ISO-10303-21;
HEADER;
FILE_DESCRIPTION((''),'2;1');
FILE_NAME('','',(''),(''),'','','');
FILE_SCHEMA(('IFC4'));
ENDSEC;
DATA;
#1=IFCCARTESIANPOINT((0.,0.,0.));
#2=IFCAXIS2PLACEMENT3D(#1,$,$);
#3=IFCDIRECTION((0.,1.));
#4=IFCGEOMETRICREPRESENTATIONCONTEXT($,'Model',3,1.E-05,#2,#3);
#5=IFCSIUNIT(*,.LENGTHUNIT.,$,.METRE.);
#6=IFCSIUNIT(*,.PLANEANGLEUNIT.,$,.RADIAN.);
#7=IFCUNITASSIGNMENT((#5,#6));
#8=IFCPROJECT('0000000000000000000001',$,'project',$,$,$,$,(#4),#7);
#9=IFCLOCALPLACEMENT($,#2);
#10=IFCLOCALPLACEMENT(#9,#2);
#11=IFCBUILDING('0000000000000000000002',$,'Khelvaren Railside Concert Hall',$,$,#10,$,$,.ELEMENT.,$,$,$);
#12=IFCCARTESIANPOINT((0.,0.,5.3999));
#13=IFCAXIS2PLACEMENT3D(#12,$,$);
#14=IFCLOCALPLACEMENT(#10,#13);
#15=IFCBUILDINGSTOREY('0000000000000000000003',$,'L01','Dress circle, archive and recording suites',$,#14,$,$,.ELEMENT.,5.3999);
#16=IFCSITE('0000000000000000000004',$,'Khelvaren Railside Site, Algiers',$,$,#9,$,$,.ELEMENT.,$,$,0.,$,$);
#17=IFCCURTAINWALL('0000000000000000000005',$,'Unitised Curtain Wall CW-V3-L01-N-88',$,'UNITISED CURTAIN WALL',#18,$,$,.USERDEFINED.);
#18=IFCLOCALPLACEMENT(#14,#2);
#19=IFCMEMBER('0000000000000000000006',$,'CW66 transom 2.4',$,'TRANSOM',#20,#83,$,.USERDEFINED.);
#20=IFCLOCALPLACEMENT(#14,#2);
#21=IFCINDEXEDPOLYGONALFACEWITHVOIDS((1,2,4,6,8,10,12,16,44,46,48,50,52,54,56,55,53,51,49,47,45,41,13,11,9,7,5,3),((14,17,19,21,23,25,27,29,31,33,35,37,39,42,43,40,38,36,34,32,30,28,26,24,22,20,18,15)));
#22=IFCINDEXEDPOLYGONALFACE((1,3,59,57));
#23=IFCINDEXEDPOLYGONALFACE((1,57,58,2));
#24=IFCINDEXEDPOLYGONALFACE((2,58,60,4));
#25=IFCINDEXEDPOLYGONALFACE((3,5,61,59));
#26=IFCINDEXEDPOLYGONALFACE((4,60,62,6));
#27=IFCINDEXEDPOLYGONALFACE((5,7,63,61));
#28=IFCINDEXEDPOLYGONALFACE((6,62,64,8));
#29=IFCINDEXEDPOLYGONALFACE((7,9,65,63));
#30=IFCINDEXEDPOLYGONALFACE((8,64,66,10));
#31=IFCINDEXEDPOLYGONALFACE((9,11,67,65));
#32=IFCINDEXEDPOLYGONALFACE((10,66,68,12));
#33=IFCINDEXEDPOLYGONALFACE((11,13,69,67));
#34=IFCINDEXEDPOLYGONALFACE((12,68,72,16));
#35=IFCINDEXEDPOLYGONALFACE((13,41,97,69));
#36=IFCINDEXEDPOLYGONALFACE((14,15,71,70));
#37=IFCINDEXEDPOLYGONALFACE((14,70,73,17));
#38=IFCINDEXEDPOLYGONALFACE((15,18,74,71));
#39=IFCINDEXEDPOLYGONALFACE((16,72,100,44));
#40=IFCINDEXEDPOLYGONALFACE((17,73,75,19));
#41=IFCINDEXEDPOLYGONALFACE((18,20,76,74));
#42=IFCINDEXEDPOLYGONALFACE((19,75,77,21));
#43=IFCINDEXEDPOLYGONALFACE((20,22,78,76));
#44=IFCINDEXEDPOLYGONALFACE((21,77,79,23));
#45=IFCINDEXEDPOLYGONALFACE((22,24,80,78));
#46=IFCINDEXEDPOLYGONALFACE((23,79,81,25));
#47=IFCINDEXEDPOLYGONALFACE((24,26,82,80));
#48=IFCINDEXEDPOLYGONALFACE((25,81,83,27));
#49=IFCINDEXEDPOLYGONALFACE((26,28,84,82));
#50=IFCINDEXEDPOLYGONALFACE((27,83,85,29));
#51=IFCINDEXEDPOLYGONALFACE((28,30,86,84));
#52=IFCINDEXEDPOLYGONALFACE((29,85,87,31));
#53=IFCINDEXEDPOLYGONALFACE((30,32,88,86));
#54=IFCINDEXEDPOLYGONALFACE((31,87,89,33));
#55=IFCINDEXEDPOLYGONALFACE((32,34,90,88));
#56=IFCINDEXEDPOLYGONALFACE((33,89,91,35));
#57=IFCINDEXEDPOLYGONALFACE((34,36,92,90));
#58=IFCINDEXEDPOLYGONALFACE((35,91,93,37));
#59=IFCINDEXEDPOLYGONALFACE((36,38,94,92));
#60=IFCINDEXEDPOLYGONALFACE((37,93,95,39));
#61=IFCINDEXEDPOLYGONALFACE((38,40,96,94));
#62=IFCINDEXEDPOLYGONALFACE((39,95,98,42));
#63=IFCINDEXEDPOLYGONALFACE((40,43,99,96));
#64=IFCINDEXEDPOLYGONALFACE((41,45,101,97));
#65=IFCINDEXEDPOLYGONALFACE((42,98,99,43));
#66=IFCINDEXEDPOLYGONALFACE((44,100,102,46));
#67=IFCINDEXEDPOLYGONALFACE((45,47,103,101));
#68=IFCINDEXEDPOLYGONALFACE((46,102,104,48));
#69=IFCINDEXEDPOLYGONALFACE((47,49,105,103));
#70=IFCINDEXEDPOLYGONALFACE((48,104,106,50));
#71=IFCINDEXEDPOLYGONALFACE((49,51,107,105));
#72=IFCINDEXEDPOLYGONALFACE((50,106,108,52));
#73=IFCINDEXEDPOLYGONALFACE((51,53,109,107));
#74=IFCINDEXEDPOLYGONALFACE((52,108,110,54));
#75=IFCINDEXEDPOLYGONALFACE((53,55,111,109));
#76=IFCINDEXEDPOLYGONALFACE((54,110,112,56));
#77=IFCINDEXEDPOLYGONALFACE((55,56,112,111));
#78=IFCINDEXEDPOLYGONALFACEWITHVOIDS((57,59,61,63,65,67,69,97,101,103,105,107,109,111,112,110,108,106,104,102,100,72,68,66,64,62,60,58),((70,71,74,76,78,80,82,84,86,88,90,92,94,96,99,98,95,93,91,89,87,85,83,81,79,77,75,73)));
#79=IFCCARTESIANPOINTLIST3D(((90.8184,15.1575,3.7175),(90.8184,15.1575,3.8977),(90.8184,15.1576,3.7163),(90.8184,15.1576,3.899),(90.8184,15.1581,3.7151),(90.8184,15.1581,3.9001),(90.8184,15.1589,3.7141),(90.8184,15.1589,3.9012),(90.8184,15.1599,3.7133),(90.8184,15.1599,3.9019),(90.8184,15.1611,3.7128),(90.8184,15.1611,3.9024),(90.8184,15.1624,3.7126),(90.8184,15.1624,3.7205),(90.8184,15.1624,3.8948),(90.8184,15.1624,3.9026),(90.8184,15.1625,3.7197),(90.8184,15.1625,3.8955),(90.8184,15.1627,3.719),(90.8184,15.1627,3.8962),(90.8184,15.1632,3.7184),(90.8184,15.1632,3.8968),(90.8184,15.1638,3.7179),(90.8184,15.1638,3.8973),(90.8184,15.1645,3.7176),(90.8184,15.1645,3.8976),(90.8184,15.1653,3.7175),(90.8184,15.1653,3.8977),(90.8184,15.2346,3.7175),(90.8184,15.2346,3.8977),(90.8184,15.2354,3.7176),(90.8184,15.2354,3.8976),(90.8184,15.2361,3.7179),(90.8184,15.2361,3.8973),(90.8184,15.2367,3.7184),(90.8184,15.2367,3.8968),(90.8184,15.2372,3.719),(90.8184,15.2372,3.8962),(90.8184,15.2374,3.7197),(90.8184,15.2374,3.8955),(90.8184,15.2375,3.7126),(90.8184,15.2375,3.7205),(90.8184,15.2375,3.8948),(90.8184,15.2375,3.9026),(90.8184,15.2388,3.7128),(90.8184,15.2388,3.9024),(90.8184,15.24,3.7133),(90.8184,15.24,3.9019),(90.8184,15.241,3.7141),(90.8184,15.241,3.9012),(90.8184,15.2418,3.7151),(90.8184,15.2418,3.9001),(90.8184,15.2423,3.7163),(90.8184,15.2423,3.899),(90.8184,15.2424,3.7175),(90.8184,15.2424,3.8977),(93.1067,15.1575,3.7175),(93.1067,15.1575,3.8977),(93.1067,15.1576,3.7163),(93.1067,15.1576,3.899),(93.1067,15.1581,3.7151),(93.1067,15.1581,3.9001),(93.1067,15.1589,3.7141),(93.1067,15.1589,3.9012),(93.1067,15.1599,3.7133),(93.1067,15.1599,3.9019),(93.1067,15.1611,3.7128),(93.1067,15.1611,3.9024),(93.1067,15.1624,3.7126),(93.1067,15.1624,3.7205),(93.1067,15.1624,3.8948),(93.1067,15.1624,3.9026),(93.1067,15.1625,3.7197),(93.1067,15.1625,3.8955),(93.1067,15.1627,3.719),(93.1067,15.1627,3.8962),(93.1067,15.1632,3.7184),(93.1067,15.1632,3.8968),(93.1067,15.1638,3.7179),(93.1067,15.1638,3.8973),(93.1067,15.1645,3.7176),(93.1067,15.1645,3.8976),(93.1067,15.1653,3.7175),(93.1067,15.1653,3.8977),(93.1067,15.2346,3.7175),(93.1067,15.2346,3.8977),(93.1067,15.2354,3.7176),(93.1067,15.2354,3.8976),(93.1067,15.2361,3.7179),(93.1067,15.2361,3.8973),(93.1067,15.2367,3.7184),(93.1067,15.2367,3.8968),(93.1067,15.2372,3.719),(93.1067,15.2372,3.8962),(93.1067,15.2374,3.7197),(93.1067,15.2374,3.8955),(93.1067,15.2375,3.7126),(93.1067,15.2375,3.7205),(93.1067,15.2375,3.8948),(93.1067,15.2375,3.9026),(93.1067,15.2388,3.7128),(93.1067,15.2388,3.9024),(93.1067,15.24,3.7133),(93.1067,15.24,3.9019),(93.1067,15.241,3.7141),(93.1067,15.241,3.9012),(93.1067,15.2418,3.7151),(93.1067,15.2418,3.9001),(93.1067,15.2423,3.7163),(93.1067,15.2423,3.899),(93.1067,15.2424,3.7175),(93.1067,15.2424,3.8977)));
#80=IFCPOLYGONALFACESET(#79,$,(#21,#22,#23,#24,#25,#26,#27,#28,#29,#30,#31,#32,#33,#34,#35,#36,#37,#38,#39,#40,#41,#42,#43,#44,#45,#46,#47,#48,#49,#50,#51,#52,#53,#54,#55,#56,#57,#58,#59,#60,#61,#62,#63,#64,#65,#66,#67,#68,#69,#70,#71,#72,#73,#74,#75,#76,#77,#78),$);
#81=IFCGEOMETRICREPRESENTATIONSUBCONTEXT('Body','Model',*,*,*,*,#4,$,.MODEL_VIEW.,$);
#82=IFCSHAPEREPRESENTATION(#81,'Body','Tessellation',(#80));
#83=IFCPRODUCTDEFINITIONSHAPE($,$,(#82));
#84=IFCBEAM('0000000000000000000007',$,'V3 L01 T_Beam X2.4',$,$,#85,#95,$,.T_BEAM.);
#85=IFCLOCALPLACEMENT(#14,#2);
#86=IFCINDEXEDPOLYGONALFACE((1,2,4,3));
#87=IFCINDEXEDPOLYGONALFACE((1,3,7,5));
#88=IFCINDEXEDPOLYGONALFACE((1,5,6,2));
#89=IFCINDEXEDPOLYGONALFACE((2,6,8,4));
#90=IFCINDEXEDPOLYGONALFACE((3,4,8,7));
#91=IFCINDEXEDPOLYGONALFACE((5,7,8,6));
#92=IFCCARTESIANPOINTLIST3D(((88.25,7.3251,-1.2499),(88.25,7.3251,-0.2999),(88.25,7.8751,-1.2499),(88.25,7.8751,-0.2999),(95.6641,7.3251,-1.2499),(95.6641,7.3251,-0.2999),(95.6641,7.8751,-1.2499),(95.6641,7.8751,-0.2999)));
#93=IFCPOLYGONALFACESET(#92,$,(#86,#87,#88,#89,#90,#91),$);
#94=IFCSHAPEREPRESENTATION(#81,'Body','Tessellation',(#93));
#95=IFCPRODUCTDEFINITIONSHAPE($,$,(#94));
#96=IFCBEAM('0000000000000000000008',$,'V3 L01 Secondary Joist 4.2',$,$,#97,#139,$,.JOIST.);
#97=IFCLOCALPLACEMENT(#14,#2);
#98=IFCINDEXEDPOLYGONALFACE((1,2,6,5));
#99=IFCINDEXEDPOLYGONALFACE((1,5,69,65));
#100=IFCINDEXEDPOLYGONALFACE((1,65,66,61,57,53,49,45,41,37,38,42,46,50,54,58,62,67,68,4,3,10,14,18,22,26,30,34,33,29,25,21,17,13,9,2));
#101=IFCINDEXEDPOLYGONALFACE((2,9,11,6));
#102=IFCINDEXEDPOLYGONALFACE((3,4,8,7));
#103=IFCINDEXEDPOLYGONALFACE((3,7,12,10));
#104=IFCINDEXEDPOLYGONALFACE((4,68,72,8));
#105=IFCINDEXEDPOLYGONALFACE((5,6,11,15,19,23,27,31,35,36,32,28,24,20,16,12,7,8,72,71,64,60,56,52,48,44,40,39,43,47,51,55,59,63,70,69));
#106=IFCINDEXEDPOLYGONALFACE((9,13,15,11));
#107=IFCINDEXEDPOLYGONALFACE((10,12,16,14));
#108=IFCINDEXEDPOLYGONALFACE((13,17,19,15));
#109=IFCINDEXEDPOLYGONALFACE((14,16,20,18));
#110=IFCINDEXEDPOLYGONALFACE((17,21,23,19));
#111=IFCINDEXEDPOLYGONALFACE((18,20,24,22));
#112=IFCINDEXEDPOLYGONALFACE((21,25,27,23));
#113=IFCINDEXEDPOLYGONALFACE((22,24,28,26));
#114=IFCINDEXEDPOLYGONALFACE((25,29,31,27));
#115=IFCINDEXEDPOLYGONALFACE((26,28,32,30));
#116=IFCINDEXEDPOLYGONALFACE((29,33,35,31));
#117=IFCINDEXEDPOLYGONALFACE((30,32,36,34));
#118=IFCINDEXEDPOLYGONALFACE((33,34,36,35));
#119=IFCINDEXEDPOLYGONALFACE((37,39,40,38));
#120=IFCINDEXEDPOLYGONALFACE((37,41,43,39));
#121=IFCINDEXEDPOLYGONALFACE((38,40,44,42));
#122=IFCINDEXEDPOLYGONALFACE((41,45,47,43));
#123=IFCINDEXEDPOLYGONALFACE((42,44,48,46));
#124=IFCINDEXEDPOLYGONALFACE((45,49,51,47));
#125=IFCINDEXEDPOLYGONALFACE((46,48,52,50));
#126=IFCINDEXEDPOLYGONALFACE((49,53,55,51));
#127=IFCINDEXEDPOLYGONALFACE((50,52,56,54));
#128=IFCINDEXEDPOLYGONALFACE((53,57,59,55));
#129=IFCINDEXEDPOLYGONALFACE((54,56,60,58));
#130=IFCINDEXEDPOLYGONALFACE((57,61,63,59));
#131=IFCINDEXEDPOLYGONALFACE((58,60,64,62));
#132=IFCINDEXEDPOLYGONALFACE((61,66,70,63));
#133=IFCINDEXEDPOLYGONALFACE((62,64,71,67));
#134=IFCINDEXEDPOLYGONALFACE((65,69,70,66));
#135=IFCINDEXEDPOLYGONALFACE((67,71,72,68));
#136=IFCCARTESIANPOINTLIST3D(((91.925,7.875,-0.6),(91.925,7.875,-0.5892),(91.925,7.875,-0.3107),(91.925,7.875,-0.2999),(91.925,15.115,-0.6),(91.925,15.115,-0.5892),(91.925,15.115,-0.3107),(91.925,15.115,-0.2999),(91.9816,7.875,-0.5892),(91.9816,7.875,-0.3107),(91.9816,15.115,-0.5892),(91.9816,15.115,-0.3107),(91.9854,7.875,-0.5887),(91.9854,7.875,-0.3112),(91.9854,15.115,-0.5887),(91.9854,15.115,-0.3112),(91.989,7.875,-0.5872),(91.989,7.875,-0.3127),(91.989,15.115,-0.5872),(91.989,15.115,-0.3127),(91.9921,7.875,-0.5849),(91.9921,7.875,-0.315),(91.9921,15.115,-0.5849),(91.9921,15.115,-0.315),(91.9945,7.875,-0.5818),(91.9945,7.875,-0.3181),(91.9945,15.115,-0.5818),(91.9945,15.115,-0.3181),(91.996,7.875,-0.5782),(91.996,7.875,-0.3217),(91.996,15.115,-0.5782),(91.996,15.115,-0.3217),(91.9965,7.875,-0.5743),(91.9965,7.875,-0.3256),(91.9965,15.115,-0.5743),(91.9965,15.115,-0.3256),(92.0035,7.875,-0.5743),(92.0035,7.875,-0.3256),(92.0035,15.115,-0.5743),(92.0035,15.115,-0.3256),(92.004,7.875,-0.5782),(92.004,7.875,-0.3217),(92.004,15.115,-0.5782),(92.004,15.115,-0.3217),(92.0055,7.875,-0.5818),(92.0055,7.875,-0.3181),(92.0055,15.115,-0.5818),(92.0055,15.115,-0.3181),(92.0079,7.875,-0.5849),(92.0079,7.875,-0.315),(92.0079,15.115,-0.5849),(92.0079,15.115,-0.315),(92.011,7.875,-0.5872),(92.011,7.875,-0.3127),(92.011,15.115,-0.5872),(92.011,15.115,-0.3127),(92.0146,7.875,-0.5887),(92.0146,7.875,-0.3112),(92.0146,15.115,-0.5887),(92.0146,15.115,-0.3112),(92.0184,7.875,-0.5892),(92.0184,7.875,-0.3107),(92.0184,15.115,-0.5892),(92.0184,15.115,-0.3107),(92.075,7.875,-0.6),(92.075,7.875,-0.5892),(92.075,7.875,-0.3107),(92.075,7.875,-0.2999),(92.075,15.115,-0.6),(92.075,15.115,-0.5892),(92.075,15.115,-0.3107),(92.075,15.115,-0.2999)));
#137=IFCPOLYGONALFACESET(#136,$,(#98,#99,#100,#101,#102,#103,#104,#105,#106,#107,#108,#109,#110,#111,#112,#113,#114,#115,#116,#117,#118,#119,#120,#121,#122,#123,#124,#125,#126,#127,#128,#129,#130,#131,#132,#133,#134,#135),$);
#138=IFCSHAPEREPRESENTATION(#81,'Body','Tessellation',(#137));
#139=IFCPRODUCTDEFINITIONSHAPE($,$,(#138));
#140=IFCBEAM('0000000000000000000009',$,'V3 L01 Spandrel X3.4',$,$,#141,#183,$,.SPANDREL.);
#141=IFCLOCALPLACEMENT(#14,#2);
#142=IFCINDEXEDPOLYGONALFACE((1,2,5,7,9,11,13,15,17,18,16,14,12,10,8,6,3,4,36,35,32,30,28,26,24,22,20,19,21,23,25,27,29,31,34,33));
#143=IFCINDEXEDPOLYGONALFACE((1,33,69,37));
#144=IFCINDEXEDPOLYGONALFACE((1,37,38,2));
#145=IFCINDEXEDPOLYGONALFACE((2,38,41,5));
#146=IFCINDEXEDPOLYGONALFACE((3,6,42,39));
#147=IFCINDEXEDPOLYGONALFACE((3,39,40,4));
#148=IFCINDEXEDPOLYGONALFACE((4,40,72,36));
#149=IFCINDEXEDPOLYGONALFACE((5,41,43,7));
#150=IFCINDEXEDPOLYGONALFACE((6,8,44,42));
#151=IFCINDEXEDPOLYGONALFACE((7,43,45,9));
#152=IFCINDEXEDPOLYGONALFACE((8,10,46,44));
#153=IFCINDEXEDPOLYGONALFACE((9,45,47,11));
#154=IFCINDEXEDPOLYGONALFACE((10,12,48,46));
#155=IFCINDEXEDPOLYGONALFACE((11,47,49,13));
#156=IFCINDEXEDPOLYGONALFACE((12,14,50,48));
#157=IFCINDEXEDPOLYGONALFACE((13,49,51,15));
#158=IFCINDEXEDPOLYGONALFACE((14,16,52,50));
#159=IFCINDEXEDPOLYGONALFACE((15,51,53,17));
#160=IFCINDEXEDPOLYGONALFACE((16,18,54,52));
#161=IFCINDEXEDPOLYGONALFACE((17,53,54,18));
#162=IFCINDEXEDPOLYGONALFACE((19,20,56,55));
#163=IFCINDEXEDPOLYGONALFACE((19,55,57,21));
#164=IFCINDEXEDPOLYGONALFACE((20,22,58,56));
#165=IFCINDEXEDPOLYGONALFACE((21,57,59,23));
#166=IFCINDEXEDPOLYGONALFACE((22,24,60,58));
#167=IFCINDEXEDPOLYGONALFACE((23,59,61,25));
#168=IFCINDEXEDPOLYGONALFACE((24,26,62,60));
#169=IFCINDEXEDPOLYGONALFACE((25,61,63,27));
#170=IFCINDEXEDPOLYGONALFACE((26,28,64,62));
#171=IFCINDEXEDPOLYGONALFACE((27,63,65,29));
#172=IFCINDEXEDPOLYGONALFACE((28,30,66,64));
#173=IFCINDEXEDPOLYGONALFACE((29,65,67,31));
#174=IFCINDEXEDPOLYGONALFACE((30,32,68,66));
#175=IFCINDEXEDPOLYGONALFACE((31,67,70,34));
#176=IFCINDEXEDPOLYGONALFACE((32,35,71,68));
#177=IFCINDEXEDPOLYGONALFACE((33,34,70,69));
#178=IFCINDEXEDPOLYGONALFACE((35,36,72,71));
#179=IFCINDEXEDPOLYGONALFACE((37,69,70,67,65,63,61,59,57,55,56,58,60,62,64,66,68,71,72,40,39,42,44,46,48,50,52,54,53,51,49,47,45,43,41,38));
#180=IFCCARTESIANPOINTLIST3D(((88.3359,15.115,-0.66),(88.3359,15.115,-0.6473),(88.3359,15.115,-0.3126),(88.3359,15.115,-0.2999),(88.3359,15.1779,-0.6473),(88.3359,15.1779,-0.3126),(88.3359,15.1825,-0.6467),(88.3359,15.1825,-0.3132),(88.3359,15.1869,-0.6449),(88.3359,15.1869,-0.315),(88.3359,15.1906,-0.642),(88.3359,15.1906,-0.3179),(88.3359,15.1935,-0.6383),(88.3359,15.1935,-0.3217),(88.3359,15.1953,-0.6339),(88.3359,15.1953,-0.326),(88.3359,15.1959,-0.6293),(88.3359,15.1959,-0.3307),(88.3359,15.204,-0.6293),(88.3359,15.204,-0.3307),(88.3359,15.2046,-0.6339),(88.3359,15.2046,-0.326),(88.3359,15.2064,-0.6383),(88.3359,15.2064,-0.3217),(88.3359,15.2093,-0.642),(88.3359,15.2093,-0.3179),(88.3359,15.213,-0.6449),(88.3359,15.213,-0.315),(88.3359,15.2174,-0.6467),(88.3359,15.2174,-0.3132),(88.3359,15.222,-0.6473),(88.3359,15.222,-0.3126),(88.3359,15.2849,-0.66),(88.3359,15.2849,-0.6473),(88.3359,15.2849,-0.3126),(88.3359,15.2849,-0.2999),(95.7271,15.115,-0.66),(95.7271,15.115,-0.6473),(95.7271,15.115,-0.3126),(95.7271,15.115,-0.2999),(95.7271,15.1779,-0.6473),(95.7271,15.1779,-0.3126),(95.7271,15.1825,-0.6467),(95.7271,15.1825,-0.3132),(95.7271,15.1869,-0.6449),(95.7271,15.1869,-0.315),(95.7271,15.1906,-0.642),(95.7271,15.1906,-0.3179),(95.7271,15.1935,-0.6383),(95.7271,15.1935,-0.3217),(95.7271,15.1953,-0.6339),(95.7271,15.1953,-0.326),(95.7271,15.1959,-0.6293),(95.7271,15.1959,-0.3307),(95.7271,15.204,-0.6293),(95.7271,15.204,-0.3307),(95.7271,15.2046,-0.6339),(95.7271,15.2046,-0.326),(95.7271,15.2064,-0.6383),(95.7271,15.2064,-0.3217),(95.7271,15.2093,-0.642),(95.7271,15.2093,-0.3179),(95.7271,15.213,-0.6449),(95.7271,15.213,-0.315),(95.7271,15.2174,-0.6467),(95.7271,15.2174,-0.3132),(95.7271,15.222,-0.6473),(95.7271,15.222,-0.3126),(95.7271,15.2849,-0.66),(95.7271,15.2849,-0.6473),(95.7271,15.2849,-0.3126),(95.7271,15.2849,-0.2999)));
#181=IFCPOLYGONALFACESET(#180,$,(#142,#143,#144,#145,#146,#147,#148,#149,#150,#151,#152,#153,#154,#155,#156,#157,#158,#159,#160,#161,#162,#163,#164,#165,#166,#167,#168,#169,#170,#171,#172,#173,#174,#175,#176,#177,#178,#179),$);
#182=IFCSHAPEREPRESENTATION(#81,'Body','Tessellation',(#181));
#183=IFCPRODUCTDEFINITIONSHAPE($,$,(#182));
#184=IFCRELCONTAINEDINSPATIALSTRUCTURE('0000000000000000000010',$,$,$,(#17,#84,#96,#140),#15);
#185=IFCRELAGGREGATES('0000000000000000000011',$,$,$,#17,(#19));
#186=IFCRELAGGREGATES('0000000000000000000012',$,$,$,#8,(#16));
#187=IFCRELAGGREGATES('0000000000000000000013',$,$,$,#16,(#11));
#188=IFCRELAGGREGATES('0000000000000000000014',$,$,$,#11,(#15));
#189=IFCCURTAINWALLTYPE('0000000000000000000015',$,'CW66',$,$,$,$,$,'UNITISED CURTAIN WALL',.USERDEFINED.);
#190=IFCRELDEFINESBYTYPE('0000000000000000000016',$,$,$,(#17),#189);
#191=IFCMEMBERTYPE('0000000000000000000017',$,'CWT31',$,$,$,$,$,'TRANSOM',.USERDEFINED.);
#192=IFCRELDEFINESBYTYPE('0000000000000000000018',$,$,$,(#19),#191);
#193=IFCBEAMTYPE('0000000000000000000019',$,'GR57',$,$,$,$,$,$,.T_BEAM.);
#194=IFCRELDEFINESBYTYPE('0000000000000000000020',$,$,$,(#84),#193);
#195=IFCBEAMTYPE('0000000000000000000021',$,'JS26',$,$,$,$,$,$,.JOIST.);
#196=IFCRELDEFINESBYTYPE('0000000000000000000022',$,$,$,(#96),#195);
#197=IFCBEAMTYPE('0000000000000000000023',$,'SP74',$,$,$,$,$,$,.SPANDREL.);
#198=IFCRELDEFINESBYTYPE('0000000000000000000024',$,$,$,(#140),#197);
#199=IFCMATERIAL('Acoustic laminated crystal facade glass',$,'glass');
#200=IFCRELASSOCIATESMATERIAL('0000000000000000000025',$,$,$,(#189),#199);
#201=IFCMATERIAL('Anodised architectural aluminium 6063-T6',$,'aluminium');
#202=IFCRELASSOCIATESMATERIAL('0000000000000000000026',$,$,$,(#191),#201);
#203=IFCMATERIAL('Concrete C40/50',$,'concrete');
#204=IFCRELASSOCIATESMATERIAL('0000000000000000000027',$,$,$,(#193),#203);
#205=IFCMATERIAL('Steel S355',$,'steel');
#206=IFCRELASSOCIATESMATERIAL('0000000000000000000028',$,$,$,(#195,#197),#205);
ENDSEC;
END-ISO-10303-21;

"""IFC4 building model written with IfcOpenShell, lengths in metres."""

from ifc_helpers import new_model, si_unit, direction, frame, origin, origin_2d, place, context, subcontext, project, spatial, rectangle, hollow_rectangle, i_section, extrude, material, material_profile, profile_set, type_object, element, aggregate, save


model = new_model("IFC4")

# Units and contexts
model_context = context("Model", 3, precision=1e-05, world=origin(), true_north=direction((0.0, 1.0)))
body_context = subcontext(model_context, "Body", "Model", "MODEL_VIEW")
ifc_project = project(units=[si_unit("LENGTHUNIT", "METRE"), si_unit("PLANEANGLEUNIT", "RADIAN")], contexts=[model_context])

# Site, building, storey
site_placement = place(None, origin())
site = spatial("IfcSite", under=ifc_project, at=site_placement, Name="Khelvaren Railside Site, Algiers", CompositionType="ELEMENT", RefElevation=0.0)
building_placement = place(site_placement, origin())
building = spatial("IfcBuilding", under=site, at=building_placement, Name="Khelvaren Railside Concert Hall", CompositionType="ELEMENT")
storey_placement = place(building_placement, frame((0.0, 0.0, 5.3999)))
storey = spatial("IfcBuildingStorey", under=building, at=storey_placement, Name="L01", Description="Dress circle, archive and recording suites", CompositionType="ELEMENT", Elevation=5.3999)

# Shared definitions
ifc_material_1 = material(Name="Concrete C40/50", Category="concrete")

# Curtain wall, member
ifc_material_2 = material(Name="Acoustic laminated crystal facade glass", Category="glass")
curtain_wall_type = type_object("IfcCurtainWallType", Name="CW66", ElementType="UNITISED CURTAIN WALL", PredefinedType="USERDEFINED", material=ifc_material_2)
curtain_wall_placement = place(storey_placement, origin())
curtain_wall = element("IfcCurtainWall", 1, at=curtain_wall_placement, inside=storey, type_object=curtain_wall_type, Name="Unitised Curtain Wall CW-V3-L01-N-88", ObjectType="UNITISED CURTAIN WALL", PredefinedType="USERDEFINED")
ifc_material_3 = material(Name="Anodised architectural aluminium 6063-T6", Category="aluminium")
ifc_material_profile_1 = material_profile(ifc_material_3, hollow_rectangle(XDim=0.085, YDim=0.1899, WallThickness=0.0049, InnerFilletRadius=0.0029, OuterFilletRadius=0.0049, at=origin_2d()), Name="CWT 85x190x5")
ifc_profile_set_1 = profile_set([ifc_material_profile_1], Name="Anodised architectural aluminium 6063-T6")
member_type_1 = type_object("IfcMemberType", Name="CWT31", ElementType="TRANSOM", PredefinedType="USERDEFINED", material=ifc_profile_set_1)
member_1_placement = place(storey_placement, frame((90.8184, 15.2, 3.8076), z_axis=(1.0, 0.0, 0.0), x_axis=(0.0, 1.0, 0.0)))
member_1 = element("IfcMember", 2, at=member_1_placement, type_object=member_type_1, Name="CW66 transom 2.4", ObjectType="TRANSOM", PredefinedType="USERDEFINED", context=body_context, shape_type="SweptSolid", body=[
    extrude(hollow_rectangle(XDim=0.085, YDim=0.1899, WallThickness=0.0049, InnerFilletRadius=0.0029, OuterFilletRadius=0.0049, at=origin_2d()), origin(), (0.0, 0.0, 1.0), 2.2883),
])

# Beams
ifc_material_profile_2 = material_profile(ifc_material_1, rectangle(XDim=0.55, YDim=0.95, at=origin_2d()), Name="RCB 550x950")
ifc_profile_set_2 = profile_set([ifc_material_profile_2], Name="Concrete C40/50")
beam_type_1 = type_object("IfcBeamType", Name="GR57", PredefinedType="T_BEAM", material=ifc_profile_set_2)
beam_1_placement = place(storey_placement, frame((88.25, 7.6001, -0.7749), z_axis=(1.0, 0.0, 0.0), x_axis=(0.0, 1.0, 0.0)))
element("IfcBeam", 3, at=beam_1_placement, inside=storey, type_object=beam_type_1, Name="V3 L01 T_Beam X2.4", PredefinedType="T_BEAM", context=body_context, shape_type="SweptSolid", body=[
    extrude(rectangle(XDim=0.55, YDim=0.95, at=origin_2d()), origin(), (0.0, 0.0, 1.0), 7.4141),
])
ifc_material_4 = material(Name="Steel S355", Category="steel")
ifc_material_profile_3 = material_profile(ifc_material_4, i_section(OverallWidth=0.1499, OverallDepth=0.3, WebThickness=0.0071, FlangeThickness=0.0107, FilletRadius=0.0149, at=origin_2d()), Name="IPE 300")
ifc_profile_set_3 = profile_set([ifc_material_profile_3], Name="Steel S355")
beam_type_2 = type_object("IfcBeamType", Name="JS26", PredefinedType="JOIST", material=ifc_profile_set_3)
beam_2_placement = place(storey_placement, frame((92.0, 7.875, -0.45), z_axis=(0.0, 1.0, 0.0), x_axis=(-1.0, 0.0, 0.0)))
element("IfcBeam", 4, at=beam_2_placement, inside=storey, type_object=beam_type_2, Name="V3 L01 Secondary Joist 4.2", PredefinedType="JOIST", context=body_context, shape_type="SweptSolid", body=[
    extrude(i_section(OverallWidth=0.1499, OverallDepth=0.3, WebThickness=0.0071, FlangeThickness=0.0107, FilletRadius=0.0149, at=origin_2d()), origin(), (0.0, 0.0, 1.0), 7.24),
])
ifc_material_profile_4 = material_profile(ifc_material_4, i_section(OverallWidth=0.1699, OverallDepth=0.3601, WebThickness=0.0081, FlangeThickness=0.0127, FilletRadius=0.0181, at=origin_2d()), Name="IPE 360")
ifc_profile_set_4 = profile_set([ifc_material_profile_4], Name="Steel S355")
beam_type_3 = type_object("IfcBeamType", Name="SP74", PredefinedType="SPANDREL", material=ifc_profile_set_4)
beam_3_placement = place(storey_placement, frame((88.3359, 15.2, -0.48), z_axis=(1.0, 0.0, 0.0), x_axis=(0.0, 1.0, 0.0)))
element("IfcBeam", 5, at=beam_3_placement, inside=storey, type_object=beam_type_3, Name="V3 L01 Spandrel X3.4", PredefinedType="SPANDREL", context=body_context, shape_type="SweptSolid", body=[
    extrude(i_section(OverallWidth=0.1699, OverallDepth=0.3601, WebThickness=0.0081, FlangeThickness=0.0127, FilletRadius=0.0181, at=origin_2d()), origin(), (0.0, 0.0, 1.0), 7.3911),
])

aggregate(curtain_wall, [member_1])

save(model, "model.ifc")
